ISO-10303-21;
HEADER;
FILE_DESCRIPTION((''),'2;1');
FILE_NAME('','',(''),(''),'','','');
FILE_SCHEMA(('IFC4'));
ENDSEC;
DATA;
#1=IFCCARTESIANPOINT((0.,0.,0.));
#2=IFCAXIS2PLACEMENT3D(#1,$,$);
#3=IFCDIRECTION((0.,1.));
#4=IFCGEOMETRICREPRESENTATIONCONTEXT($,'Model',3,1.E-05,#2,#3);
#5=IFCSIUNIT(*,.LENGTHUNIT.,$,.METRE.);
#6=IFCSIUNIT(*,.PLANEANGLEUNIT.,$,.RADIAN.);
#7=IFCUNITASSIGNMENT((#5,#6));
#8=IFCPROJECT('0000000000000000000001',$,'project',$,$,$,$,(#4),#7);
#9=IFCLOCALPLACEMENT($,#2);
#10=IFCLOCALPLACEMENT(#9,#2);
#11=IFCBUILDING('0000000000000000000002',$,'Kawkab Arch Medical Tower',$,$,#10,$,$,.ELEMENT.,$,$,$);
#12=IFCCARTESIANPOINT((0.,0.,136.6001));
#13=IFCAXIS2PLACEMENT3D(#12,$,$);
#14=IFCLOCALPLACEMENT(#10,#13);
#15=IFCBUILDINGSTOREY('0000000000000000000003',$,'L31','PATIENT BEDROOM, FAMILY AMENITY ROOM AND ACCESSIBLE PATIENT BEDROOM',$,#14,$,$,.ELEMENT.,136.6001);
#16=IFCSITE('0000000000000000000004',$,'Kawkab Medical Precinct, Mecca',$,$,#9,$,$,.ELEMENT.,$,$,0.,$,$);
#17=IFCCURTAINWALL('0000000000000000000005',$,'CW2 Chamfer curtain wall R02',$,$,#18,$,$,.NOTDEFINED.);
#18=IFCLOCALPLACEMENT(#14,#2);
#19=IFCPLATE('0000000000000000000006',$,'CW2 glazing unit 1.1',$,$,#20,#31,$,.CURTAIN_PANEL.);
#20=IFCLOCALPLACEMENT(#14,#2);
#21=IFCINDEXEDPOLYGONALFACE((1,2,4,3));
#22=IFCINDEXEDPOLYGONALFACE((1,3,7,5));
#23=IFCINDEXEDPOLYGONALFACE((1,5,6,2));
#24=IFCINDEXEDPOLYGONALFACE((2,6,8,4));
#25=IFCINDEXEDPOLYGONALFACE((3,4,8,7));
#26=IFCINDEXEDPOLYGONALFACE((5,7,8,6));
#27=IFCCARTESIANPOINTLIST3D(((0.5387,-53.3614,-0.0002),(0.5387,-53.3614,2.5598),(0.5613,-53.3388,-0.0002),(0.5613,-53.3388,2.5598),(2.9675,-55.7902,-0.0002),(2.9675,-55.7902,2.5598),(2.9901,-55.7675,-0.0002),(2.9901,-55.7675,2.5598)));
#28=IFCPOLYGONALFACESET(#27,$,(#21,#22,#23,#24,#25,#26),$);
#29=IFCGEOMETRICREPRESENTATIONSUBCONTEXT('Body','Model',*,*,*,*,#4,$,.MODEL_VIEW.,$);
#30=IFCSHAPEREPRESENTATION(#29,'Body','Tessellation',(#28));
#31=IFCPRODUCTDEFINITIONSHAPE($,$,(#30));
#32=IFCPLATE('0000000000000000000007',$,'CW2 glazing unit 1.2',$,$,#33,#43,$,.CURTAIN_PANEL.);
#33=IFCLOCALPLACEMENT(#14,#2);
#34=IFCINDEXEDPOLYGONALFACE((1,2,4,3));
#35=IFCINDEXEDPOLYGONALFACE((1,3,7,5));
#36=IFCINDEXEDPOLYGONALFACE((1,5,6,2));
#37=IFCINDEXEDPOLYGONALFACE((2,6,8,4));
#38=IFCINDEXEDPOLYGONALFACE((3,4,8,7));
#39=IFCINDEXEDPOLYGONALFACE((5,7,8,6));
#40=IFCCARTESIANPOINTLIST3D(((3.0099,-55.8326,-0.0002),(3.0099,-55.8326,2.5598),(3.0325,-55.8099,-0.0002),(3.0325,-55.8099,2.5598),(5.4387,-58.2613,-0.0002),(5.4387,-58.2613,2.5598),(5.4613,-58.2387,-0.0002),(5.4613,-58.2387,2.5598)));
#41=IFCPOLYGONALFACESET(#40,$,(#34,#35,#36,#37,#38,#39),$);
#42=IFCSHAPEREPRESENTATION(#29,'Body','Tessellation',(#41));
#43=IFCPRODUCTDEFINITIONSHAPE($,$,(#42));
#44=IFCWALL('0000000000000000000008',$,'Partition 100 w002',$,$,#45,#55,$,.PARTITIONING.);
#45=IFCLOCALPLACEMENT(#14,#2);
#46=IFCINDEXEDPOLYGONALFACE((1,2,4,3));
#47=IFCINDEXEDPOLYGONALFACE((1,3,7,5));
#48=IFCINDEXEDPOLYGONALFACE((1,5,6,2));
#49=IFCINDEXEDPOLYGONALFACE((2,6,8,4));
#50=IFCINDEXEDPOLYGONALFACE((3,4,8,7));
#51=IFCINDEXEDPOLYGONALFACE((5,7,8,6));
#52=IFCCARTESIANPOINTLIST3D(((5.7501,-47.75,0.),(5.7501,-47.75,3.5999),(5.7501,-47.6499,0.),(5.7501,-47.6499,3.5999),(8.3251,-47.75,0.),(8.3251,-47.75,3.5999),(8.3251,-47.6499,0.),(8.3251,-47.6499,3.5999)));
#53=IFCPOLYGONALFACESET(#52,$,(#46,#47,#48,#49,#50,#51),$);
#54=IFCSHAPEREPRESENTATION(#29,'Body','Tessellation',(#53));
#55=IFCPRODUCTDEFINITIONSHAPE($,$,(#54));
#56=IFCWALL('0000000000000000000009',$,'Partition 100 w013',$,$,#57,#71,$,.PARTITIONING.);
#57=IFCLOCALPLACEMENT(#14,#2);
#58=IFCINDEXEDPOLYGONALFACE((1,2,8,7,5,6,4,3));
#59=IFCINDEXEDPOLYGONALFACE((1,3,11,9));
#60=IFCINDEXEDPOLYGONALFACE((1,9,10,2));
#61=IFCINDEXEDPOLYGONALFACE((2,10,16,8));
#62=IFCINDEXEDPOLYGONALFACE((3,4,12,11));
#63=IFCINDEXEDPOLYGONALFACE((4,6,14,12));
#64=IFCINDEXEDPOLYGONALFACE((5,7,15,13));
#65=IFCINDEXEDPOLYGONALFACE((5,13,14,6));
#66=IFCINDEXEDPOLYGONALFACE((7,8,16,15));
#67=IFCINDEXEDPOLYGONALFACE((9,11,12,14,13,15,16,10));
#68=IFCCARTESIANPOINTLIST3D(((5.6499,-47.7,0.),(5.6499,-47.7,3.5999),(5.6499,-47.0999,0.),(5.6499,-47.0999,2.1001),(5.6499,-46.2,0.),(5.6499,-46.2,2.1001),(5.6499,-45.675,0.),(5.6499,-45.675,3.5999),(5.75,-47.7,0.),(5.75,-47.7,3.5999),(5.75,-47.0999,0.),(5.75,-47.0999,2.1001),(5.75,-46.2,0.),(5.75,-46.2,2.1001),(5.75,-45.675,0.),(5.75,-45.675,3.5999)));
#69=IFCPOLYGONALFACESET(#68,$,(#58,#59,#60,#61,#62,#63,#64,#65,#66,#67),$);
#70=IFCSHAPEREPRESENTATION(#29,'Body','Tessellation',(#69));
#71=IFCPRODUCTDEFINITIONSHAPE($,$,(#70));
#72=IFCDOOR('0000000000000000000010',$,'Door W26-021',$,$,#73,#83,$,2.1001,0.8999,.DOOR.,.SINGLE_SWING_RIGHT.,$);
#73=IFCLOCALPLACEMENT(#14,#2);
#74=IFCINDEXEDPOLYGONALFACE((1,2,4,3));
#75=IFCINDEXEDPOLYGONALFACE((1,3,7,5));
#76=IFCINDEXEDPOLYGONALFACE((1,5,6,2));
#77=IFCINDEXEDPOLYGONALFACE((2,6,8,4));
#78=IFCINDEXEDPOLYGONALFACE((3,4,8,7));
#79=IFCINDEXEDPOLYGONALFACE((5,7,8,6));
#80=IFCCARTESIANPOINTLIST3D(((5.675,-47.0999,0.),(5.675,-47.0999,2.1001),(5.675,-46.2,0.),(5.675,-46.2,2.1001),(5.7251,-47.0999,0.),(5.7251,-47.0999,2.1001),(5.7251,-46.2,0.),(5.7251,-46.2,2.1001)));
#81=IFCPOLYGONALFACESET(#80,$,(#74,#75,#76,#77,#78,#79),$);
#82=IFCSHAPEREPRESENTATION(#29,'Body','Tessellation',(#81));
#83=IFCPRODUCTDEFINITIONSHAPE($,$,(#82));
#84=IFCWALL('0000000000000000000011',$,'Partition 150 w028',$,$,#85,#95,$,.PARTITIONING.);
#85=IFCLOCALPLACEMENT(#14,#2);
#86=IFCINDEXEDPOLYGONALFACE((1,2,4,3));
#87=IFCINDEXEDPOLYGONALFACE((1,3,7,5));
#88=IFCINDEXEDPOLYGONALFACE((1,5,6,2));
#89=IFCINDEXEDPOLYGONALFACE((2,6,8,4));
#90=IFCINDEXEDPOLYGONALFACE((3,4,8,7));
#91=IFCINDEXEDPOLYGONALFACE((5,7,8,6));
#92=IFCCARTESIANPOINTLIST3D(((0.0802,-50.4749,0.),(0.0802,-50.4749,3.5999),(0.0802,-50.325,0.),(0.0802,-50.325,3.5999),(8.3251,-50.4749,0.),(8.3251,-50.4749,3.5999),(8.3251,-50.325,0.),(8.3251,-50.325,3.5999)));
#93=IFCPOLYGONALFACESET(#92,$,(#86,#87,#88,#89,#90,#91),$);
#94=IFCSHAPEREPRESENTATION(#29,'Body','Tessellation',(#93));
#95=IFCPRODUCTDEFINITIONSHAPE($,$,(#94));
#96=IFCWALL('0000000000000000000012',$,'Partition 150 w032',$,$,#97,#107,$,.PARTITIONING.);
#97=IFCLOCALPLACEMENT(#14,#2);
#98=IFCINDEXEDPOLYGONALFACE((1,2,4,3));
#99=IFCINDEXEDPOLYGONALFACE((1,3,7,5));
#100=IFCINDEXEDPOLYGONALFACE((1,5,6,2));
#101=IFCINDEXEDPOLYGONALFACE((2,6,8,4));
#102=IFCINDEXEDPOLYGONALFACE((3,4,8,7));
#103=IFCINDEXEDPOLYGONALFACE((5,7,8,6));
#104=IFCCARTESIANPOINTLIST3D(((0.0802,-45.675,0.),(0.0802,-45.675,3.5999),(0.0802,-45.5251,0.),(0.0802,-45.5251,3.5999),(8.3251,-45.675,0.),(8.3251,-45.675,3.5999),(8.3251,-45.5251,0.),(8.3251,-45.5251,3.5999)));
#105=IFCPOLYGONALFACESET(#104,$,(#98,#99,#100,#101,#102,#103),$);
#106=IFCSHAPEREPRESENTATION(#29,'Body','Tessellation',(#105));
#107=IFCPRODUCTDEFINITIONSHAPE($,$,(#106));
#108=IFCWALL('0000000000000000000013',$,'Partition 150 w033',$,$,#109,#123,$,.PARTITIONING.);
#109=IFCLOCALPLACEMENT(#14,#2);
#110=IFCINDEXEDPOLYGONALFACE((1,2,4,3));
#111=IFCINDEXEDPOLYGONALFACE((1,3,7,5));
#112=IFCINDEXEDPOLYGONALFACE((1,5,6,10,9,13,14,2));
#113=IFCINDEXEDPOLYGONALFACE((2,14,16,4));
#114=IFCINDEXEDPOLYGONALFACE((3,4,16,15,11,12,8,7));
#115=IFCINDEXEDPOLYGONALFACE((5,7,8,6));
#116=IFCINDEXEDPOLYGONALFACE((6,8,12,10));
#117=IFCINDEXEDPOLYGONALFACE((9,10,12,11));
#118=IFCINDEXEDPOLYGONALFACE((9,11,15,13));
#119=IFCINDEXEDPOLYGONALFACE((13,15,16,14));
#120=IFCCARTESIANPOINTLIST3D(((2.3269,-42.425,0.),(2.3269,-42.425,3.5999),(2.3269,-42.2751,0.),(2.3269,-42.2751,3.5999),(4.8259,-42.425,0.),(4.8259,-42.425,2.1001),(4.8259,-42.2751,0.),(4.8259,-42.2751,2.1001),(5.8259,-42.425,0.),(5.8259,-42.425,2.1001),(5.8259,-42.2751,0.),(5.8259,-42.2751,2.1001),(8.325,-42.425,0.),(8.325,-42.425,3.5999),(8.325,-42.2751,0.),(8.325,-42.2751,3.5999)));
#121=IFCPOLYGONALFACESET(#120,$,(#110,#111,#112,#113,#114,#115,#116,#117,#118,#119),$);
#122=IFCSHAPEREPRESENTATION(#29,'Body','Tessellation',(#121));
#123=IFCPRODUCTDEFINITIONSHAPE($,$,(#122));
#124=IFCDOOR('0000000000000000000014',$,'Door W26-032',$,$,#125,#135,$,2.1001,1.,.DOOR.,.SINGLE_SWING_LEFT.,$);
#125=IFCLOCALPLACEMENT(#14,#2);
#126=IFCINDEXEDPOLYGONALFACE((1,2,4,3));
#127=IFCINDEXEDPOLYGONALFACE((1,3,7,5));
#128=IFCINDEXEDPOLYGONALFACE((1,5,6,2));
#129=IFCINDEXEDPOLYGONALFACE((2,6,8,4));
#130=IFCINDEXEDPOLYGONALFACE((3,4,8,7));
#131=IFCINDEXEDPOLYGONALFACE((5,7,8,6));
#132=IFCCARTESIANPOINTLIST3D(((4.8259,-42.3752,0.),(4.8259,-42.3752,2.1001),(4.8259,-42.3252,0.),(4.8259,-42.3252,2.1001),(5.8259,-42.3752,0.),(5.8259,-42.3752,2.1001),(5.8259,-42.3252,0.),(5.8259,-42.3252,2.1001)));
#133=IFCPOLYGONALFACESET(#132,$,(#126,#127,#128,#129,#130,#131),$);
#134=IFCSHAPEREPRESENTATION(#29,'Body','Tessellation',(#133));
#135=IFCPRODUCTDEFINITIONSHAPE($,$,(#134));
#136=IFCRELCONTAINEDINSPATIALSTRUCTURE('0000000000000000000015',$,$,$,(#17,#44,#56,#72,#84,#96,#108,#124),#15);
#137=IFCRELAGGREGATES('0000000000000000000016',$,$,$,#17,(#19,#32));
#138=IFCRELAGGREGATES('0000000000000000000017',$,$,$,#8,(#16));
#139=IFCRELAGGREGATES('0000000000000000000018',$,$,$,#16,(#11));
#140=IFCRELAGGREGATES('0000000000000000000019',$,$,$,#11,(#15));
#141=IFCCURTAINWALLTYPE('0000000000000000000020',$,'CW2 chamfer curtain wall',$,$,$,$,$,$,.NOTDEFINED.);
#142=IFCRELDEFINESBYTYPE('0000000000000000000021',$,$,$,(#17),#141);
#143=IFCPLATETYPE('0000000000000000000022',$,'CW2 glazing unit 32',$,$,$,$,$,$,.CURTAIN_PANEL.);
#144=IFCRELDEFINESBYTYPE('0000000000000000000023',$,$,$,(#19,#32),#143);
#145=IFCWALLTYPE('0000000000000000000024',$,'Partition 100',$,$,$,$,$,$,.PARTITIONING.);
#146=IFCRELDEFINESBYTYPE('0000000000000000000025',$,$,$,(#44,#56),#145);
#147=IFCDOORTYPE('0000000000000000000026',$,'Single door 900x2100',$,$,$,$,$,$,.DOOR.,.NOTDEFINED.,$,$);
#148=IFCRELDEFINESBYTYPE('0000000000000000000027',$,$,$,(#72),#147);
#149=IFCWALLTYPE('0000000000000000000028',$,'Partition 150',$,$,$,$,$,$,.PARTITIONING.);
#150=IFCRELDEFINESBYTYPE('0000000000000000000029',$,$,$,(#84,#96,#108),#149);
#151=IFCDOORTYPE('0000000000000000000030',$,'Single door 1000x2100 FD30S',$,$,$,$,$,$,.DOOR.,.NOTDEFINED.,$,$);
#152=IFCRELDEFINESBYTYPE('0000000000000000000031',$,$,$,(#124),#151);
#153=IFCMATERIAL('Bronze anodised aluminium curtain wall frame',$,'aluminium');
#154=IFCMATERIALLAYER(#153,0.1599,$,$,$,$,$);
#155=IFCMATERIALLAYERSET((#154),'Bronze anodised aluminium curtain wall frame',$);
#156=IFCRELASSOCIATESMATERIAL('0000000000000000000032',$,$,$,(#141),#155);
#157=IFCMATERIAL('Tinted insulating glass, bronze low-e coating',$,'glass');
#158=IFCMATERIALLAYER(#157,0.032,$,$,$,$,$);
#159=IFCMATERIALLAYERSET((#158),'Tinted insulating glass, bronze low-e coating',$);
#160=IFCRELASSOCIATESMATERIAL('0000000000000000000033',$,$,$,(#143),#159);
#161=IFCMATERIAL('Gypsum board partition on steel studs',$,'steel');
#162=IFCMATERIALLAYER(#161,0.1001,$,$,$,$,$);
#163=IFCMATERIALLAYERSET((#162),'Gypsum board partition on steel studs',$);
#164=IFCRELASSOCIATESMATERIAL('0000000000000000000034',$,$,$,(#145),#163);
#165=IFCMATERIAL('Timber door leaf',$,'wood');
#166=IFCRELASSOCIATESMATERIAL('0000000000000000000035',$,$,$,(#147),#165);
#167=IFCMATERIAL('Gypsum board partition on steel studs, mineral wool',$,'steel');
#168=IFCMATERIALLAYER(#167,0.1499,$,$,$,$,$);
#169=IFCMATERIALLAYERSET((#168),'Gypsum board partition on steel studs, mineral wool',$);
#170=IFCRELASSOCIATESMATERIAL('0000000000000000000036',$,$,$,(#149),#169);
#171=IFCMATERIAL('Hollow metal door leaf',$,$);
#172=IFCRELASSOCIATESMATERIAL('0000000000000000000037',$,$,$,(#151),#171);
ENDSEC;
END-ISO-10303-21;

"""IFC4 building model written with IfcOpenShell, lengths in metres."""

from ifc_helpers import new_model, si_unit, direction, frame, frame_2d, origin, origin_2d, place, context, subcontext, project, spatial, rectangle, extrude, material, layer, layer_set, type_object, element, fill, aggregate, save


model = new_model("IFC4")

# Units and contexts
model_context = context("Model", 3, precision=1e-05, world=origin(), true_north=direction((0.0, 1.0)))
body_context = subcontext(model_context, "Body", "Model", "MODEL_VIEW")
ifc_project = project(units=[si_unit("LENGTHUNIT", "METRE"), si_unit("PLANEANGLEUNIT", "RADIAN")], contexts=[model_context])

# Site, building, storey
site_placement = place(None, origin())
site = spatial("IfcSite", under=ifc_project, at=site_placement, Name="Kawkab Medical Precinct, Mecca", CompositionType="ELEMENT", RefElevation=0.0)
building_placement = place(site_placement, origin())
building = spatial("IfcBuilding", under=site, at=building_placement, Name="Kawkab Arch Medical Tower", CompositionType="ELEMENT")
storey_placement = place(building_placement, frame((0.0, 0.0, 136.6001)))
storey = spatial("IfcBuildingStorey", under=building, at=storey_placement, Name="L31", Description="PATIENT BEDROOM, FAMILY AMENITY ROOM AND ACCESSIBLE PATIENT BEDROOM", CompositionType="ELEMENT", Elevation=136.6001)

# Shared definitions
placement = place(storey_placement, origin())

# Curtain wall
ifc_material_1 = material(Name="Bronze anodised aluminium curtain wall frame", Category="aluminium")
ifc_layer_1 = layer(ifc_material_1, 0.1599)
ifc_layer_set_1 = layer_set([ifc_layer_1], Name="Bronze anodised aluminium curtain wall frame")
curtain_wall_type_1 = type_object("IfcCurtainWallType", Name="CW2 chamfer curtain wall", PredefinedType="NOTDEFINED", material=ifc_layer_set_1)
curtain_wall_1 = element("IfcCurtainWall", 1, at=placement, inside=storey, type_object=curtain_wall_type_1, Name="CW2 Chamfer curtain wall R02", PredefinedType="NOTDEFINED")

# Plates
ifc_material_2 = material(Name="Tinted insulating glass, bronze low-e coating", Category="glass")
ifc_layer_2 = layer(ifc_material_2, 0.032)
ifc_layer_set_2 = layer_set([ifc_layer_2], Name="Tinted insulating glass, bronze low-e coating")
plate_type_1 = type_object("IfcPlateType", Name="CW2 glazing unit 32", PredefinedType="CURTAIN_PANEL", material=ifc_layer_set_2)
plate_1_placement = place(storey_placement, frame((1.7644, -54.5645, -0.0002), z_axis=(0.0, 0.0, 1.0), x_axis=(0.707107, -0.707107, 0.0)))
plate_1 = element("IfcPlate", 2, at=plate_1_placement, type_object=plate_type_1, Name="CW2 glazing unit 1.1", PredefinedType="CURTAIN_PANEL", context=body_context, shape_type="SweptSolid", body=[
    extrude(rectangle(XDim=3.4348, YDim=0.032, at=origin_2d()), origin(), (0.0, 0.0, 1.0), 2.5601),
])
plate_2_placement = place(storey_placement, frame((4.2356, -57.0356, -0.0002), z_axis=(0.0, 0.0, 1.0), x_axis=(0.707107, -0.707107, 0.0)))
plate_2 = element("IfcPlate", 3, at=plate_2_placement, type_object=plate_type_1, Name="CW2 glazing unit 1.2", PredefinedType="CURTAIN_PANEL", context=body_context, shape_type="SweptSolid", body=[
    extrude(rectangle(XDim=3.4348, YDim=0.032, at=origin_2d()), origin(), (0.0, 0.0, 1.0), 2.5601),
])
aggregate(curtain_wall_1, [plate_1, plate_2])

# Wall
ifc_material_3 = material(Name="Gypsum board partition on steel studs", Category="steel")
ifc_layer_3 = layer(ifc_material_3, 0.1001)
ifc_layer_set_3 = layer_set([ifc_layer_3], Name="Gypsum board partition on steel studs")
wall_type_1 = type_object("IfcWallType", Name="Partition 100", PredefinedType="PARTITIONING", material=ifc_layer_set_3)
wall_1_placement = place(storey_placement, frame((5.75, -47.7, 0.0), z_axis=(0.0, 0.0, 1.0), x_axis=(1.0, 0.0, 0.0)))
element("IfcWall", 4, at=wall_1_placement, inside=storey, type_object=wall_type_1, Name="Partition 100 w002", PredefinedType="PARTITIONING", context=body_context, shape_type="SweptSolid", body=[
    extrude(rectangle(XDim=2.575, YDim=0.1001, at=frame_2d((1.2876, 0.0))), origin(), (0.0, 0.0, 1.0), 3.5999),
])

# Wall, opening, door
wall_2_placement = place(storey_placement, frame((5.7, -47.7, 0.0), z_axis=(0.0, 0.0, 1.0), x_axis=(0.0, 1.0, 0.0)))
wall_2 = element("IfcWall", 5, at=wall_2_placement, inside=storey, type_object=wall_type_1, Name="Partition 100 w013", PredefinedType="PARTITIONING", context=body_context, shape_type="SweptSolid", body=[
    extrude(rectangle(XDim=2.0249, YDim=0.1001, at=frame_2d((1.0125, 0.0))), origin(), (0.0, 0.0, 1.0), 3.5999),
])
opening_1_placement = place(wall_2_placement, frame((0.6001, 0.0, 0.0)))
opening_1 = element("IfcOpeningElement", 6, at=opening_1_placement, cuts=wall_2, PredefinedType="OPENING", context=body_context, shape_type="SweptSolid", body=[
    extrude(rectangle(XDim=0.8999, YDim=2.1001, at=frame_2d((0.45, 1.05))), frame((0.0, 0.0601, 0.0), z_axis=(0.0, -1.0, 0.0), x_axis=(1.0, 0.0, 0.0)), (0.0, 0.0, 1.0), 0.1201),
])
ifc_material_4 = material(Name="Timber door leaf", Category="wood")
door_type_1 = type_object("IfcDoorType", Name="Single door 900x2100", OperationType="NOTDEFINED", PredefinedType="DOOR", material=ifc_material_4)
door_1_placement = place(opening_1_placement, origin())
door_1 = element("IfcDoor", 7, at=door_1_placement, inside=storey, type_object=door_type_1, Name="Door W26-021", OperationType="SINGLE_SWING_RIGHT", OverallHeight=2.1001, OverallWidth=0.8999, PredefinedType="DOOR", context=body_context, shape_type="SweptSolid", body=[
    extrude(rectangle(XDim=0.8999, YDim=2.1001, at=frame_2d((0.45, 1.05))), frame((0.0, 0.0249, 0.0), z_axis=(0.0, -1.0, 0.0), x_axis=(1.0, 0.0, 0.0)), (0.0, 0.0, 1.0), 0.05),
])
fill(opening_1, door_1)

# Walls
ifc_material_5 = material(Name="Gypsum board partition on steel studs, mineral wool", Category="steel")
ifc_layer_4 = layer(ifc_material_5, 0.1499)
ifc_layer_set_4 = layer_set([ifc_layer_4], Name="Gypsum board partition on steel studs, mineral wool")
wall_type_2 = type_object("IfcWallType", Name="Partition 150", PredefinedType="PARTITIONING", material=ifc_layer_set_4)
for number, where, z_axis, x_axis, name in (
    (8, (0.0801, -50.3999, 0.0), (0.0, 0.0, 1.0), (1.0, 0.0, 0.0), "Partition 150 w028"),
    (9, (0.0801, -45.6001, 0.0), (0.0, 0.0, 1.0), (1.0, 0.0, 0.0), "Partition 150 w032"),
):
    element("IfcWall", number, at=place(storey_placement, frame(where, z_axis=z_axis, x_axis=x_axis)), inside=storey, type_object=wall_type_2, Name=name, PredefinedType="PARTITIONING", context=body_context, shape_type="SweptSolid", body=[
        extrude(rectangle(XDim=8.2449, YDim=0.1499, at=frame_2d((4.1226, 0.0))), origin(), (0.0, 0.0, 1.0), 3.5999),
    ])

# Wall, opening, door
wall_3_placement = place(storey_placement, frame((2.3269, -42.3501, 0.0), z_axis=(0.0, 0.0, 1.0), x_axis=(1.0, 0.0, 0.0)))
wall_3 = element("IfcWall", 10, at=wall_3_placement, inside=storey, type_object=wall_type_2, Name="Partition 150 w033", PredefinedType="PARTITIONING", context=body_context, shape_type="SweptSolid", body=[
    extrude(rectangle(XDim=5.998, YDim=0.1499, at=frame_2d((2.999, 0.0))), origin(), (0.0, 0.0, 1.0), 3.5999),
])
opening_2_placement = place(wall_3_placement, frame((2.499, 0.0, 0.0)))
opening_2 = element("IfcOpeningElement", 11, at=opening_2_placement, cuts=wall_3, PredefinedType="OPENING", context=body_context, shape_type="SweptSolid", body=[
    extrude(rectangle(XDim=1.0, YDim=2.1001, at=frame_2d((0.5, 1.05))), frame((0.0, 0.085, 0.0), z_axis=(0.0, -1.0, 0.0), x_axis=(1.0, 0.0, 0.0)), (0.0, 0.0, 1.0), 0.1699),
])
ifc_material_6 = material(Name="Hollow metal door leaf")
door_type_2 = type_object("IfcDoorType", Name="Single door 1000x2100 FD30S", OperationType="NOTDEFINED", PredefinedType="DOOR", material=ifc_material_6)
door_2_placement = place(opening_2_placement, origin())
door_2 = element("IfcDoor", 12, at=door_2_placement, inside=storey, type_object=door_type_2, Name="Door W26-032", OperationType="SINGLE_SWING_LEFT", OverallHeight=2.1001, OverallWidth=1.0, PredefinedType="DOOR", context=body_context, shape_type="SweptSolid", body=[
    extrude(rectangle(XDim=1.0, YDim=2.1001, at=frame_2d((0.5, 1.05))), frame((0.0, 0.0249, 0.0), z_axis=(0.0, -1.0, 0.0), x_axis=(1.0, 0.0, 0.0)), (0.0, 0.0, 1.0), 0.05),
])
fill(opening_2, door_2)

save(model, "model.ifc")
